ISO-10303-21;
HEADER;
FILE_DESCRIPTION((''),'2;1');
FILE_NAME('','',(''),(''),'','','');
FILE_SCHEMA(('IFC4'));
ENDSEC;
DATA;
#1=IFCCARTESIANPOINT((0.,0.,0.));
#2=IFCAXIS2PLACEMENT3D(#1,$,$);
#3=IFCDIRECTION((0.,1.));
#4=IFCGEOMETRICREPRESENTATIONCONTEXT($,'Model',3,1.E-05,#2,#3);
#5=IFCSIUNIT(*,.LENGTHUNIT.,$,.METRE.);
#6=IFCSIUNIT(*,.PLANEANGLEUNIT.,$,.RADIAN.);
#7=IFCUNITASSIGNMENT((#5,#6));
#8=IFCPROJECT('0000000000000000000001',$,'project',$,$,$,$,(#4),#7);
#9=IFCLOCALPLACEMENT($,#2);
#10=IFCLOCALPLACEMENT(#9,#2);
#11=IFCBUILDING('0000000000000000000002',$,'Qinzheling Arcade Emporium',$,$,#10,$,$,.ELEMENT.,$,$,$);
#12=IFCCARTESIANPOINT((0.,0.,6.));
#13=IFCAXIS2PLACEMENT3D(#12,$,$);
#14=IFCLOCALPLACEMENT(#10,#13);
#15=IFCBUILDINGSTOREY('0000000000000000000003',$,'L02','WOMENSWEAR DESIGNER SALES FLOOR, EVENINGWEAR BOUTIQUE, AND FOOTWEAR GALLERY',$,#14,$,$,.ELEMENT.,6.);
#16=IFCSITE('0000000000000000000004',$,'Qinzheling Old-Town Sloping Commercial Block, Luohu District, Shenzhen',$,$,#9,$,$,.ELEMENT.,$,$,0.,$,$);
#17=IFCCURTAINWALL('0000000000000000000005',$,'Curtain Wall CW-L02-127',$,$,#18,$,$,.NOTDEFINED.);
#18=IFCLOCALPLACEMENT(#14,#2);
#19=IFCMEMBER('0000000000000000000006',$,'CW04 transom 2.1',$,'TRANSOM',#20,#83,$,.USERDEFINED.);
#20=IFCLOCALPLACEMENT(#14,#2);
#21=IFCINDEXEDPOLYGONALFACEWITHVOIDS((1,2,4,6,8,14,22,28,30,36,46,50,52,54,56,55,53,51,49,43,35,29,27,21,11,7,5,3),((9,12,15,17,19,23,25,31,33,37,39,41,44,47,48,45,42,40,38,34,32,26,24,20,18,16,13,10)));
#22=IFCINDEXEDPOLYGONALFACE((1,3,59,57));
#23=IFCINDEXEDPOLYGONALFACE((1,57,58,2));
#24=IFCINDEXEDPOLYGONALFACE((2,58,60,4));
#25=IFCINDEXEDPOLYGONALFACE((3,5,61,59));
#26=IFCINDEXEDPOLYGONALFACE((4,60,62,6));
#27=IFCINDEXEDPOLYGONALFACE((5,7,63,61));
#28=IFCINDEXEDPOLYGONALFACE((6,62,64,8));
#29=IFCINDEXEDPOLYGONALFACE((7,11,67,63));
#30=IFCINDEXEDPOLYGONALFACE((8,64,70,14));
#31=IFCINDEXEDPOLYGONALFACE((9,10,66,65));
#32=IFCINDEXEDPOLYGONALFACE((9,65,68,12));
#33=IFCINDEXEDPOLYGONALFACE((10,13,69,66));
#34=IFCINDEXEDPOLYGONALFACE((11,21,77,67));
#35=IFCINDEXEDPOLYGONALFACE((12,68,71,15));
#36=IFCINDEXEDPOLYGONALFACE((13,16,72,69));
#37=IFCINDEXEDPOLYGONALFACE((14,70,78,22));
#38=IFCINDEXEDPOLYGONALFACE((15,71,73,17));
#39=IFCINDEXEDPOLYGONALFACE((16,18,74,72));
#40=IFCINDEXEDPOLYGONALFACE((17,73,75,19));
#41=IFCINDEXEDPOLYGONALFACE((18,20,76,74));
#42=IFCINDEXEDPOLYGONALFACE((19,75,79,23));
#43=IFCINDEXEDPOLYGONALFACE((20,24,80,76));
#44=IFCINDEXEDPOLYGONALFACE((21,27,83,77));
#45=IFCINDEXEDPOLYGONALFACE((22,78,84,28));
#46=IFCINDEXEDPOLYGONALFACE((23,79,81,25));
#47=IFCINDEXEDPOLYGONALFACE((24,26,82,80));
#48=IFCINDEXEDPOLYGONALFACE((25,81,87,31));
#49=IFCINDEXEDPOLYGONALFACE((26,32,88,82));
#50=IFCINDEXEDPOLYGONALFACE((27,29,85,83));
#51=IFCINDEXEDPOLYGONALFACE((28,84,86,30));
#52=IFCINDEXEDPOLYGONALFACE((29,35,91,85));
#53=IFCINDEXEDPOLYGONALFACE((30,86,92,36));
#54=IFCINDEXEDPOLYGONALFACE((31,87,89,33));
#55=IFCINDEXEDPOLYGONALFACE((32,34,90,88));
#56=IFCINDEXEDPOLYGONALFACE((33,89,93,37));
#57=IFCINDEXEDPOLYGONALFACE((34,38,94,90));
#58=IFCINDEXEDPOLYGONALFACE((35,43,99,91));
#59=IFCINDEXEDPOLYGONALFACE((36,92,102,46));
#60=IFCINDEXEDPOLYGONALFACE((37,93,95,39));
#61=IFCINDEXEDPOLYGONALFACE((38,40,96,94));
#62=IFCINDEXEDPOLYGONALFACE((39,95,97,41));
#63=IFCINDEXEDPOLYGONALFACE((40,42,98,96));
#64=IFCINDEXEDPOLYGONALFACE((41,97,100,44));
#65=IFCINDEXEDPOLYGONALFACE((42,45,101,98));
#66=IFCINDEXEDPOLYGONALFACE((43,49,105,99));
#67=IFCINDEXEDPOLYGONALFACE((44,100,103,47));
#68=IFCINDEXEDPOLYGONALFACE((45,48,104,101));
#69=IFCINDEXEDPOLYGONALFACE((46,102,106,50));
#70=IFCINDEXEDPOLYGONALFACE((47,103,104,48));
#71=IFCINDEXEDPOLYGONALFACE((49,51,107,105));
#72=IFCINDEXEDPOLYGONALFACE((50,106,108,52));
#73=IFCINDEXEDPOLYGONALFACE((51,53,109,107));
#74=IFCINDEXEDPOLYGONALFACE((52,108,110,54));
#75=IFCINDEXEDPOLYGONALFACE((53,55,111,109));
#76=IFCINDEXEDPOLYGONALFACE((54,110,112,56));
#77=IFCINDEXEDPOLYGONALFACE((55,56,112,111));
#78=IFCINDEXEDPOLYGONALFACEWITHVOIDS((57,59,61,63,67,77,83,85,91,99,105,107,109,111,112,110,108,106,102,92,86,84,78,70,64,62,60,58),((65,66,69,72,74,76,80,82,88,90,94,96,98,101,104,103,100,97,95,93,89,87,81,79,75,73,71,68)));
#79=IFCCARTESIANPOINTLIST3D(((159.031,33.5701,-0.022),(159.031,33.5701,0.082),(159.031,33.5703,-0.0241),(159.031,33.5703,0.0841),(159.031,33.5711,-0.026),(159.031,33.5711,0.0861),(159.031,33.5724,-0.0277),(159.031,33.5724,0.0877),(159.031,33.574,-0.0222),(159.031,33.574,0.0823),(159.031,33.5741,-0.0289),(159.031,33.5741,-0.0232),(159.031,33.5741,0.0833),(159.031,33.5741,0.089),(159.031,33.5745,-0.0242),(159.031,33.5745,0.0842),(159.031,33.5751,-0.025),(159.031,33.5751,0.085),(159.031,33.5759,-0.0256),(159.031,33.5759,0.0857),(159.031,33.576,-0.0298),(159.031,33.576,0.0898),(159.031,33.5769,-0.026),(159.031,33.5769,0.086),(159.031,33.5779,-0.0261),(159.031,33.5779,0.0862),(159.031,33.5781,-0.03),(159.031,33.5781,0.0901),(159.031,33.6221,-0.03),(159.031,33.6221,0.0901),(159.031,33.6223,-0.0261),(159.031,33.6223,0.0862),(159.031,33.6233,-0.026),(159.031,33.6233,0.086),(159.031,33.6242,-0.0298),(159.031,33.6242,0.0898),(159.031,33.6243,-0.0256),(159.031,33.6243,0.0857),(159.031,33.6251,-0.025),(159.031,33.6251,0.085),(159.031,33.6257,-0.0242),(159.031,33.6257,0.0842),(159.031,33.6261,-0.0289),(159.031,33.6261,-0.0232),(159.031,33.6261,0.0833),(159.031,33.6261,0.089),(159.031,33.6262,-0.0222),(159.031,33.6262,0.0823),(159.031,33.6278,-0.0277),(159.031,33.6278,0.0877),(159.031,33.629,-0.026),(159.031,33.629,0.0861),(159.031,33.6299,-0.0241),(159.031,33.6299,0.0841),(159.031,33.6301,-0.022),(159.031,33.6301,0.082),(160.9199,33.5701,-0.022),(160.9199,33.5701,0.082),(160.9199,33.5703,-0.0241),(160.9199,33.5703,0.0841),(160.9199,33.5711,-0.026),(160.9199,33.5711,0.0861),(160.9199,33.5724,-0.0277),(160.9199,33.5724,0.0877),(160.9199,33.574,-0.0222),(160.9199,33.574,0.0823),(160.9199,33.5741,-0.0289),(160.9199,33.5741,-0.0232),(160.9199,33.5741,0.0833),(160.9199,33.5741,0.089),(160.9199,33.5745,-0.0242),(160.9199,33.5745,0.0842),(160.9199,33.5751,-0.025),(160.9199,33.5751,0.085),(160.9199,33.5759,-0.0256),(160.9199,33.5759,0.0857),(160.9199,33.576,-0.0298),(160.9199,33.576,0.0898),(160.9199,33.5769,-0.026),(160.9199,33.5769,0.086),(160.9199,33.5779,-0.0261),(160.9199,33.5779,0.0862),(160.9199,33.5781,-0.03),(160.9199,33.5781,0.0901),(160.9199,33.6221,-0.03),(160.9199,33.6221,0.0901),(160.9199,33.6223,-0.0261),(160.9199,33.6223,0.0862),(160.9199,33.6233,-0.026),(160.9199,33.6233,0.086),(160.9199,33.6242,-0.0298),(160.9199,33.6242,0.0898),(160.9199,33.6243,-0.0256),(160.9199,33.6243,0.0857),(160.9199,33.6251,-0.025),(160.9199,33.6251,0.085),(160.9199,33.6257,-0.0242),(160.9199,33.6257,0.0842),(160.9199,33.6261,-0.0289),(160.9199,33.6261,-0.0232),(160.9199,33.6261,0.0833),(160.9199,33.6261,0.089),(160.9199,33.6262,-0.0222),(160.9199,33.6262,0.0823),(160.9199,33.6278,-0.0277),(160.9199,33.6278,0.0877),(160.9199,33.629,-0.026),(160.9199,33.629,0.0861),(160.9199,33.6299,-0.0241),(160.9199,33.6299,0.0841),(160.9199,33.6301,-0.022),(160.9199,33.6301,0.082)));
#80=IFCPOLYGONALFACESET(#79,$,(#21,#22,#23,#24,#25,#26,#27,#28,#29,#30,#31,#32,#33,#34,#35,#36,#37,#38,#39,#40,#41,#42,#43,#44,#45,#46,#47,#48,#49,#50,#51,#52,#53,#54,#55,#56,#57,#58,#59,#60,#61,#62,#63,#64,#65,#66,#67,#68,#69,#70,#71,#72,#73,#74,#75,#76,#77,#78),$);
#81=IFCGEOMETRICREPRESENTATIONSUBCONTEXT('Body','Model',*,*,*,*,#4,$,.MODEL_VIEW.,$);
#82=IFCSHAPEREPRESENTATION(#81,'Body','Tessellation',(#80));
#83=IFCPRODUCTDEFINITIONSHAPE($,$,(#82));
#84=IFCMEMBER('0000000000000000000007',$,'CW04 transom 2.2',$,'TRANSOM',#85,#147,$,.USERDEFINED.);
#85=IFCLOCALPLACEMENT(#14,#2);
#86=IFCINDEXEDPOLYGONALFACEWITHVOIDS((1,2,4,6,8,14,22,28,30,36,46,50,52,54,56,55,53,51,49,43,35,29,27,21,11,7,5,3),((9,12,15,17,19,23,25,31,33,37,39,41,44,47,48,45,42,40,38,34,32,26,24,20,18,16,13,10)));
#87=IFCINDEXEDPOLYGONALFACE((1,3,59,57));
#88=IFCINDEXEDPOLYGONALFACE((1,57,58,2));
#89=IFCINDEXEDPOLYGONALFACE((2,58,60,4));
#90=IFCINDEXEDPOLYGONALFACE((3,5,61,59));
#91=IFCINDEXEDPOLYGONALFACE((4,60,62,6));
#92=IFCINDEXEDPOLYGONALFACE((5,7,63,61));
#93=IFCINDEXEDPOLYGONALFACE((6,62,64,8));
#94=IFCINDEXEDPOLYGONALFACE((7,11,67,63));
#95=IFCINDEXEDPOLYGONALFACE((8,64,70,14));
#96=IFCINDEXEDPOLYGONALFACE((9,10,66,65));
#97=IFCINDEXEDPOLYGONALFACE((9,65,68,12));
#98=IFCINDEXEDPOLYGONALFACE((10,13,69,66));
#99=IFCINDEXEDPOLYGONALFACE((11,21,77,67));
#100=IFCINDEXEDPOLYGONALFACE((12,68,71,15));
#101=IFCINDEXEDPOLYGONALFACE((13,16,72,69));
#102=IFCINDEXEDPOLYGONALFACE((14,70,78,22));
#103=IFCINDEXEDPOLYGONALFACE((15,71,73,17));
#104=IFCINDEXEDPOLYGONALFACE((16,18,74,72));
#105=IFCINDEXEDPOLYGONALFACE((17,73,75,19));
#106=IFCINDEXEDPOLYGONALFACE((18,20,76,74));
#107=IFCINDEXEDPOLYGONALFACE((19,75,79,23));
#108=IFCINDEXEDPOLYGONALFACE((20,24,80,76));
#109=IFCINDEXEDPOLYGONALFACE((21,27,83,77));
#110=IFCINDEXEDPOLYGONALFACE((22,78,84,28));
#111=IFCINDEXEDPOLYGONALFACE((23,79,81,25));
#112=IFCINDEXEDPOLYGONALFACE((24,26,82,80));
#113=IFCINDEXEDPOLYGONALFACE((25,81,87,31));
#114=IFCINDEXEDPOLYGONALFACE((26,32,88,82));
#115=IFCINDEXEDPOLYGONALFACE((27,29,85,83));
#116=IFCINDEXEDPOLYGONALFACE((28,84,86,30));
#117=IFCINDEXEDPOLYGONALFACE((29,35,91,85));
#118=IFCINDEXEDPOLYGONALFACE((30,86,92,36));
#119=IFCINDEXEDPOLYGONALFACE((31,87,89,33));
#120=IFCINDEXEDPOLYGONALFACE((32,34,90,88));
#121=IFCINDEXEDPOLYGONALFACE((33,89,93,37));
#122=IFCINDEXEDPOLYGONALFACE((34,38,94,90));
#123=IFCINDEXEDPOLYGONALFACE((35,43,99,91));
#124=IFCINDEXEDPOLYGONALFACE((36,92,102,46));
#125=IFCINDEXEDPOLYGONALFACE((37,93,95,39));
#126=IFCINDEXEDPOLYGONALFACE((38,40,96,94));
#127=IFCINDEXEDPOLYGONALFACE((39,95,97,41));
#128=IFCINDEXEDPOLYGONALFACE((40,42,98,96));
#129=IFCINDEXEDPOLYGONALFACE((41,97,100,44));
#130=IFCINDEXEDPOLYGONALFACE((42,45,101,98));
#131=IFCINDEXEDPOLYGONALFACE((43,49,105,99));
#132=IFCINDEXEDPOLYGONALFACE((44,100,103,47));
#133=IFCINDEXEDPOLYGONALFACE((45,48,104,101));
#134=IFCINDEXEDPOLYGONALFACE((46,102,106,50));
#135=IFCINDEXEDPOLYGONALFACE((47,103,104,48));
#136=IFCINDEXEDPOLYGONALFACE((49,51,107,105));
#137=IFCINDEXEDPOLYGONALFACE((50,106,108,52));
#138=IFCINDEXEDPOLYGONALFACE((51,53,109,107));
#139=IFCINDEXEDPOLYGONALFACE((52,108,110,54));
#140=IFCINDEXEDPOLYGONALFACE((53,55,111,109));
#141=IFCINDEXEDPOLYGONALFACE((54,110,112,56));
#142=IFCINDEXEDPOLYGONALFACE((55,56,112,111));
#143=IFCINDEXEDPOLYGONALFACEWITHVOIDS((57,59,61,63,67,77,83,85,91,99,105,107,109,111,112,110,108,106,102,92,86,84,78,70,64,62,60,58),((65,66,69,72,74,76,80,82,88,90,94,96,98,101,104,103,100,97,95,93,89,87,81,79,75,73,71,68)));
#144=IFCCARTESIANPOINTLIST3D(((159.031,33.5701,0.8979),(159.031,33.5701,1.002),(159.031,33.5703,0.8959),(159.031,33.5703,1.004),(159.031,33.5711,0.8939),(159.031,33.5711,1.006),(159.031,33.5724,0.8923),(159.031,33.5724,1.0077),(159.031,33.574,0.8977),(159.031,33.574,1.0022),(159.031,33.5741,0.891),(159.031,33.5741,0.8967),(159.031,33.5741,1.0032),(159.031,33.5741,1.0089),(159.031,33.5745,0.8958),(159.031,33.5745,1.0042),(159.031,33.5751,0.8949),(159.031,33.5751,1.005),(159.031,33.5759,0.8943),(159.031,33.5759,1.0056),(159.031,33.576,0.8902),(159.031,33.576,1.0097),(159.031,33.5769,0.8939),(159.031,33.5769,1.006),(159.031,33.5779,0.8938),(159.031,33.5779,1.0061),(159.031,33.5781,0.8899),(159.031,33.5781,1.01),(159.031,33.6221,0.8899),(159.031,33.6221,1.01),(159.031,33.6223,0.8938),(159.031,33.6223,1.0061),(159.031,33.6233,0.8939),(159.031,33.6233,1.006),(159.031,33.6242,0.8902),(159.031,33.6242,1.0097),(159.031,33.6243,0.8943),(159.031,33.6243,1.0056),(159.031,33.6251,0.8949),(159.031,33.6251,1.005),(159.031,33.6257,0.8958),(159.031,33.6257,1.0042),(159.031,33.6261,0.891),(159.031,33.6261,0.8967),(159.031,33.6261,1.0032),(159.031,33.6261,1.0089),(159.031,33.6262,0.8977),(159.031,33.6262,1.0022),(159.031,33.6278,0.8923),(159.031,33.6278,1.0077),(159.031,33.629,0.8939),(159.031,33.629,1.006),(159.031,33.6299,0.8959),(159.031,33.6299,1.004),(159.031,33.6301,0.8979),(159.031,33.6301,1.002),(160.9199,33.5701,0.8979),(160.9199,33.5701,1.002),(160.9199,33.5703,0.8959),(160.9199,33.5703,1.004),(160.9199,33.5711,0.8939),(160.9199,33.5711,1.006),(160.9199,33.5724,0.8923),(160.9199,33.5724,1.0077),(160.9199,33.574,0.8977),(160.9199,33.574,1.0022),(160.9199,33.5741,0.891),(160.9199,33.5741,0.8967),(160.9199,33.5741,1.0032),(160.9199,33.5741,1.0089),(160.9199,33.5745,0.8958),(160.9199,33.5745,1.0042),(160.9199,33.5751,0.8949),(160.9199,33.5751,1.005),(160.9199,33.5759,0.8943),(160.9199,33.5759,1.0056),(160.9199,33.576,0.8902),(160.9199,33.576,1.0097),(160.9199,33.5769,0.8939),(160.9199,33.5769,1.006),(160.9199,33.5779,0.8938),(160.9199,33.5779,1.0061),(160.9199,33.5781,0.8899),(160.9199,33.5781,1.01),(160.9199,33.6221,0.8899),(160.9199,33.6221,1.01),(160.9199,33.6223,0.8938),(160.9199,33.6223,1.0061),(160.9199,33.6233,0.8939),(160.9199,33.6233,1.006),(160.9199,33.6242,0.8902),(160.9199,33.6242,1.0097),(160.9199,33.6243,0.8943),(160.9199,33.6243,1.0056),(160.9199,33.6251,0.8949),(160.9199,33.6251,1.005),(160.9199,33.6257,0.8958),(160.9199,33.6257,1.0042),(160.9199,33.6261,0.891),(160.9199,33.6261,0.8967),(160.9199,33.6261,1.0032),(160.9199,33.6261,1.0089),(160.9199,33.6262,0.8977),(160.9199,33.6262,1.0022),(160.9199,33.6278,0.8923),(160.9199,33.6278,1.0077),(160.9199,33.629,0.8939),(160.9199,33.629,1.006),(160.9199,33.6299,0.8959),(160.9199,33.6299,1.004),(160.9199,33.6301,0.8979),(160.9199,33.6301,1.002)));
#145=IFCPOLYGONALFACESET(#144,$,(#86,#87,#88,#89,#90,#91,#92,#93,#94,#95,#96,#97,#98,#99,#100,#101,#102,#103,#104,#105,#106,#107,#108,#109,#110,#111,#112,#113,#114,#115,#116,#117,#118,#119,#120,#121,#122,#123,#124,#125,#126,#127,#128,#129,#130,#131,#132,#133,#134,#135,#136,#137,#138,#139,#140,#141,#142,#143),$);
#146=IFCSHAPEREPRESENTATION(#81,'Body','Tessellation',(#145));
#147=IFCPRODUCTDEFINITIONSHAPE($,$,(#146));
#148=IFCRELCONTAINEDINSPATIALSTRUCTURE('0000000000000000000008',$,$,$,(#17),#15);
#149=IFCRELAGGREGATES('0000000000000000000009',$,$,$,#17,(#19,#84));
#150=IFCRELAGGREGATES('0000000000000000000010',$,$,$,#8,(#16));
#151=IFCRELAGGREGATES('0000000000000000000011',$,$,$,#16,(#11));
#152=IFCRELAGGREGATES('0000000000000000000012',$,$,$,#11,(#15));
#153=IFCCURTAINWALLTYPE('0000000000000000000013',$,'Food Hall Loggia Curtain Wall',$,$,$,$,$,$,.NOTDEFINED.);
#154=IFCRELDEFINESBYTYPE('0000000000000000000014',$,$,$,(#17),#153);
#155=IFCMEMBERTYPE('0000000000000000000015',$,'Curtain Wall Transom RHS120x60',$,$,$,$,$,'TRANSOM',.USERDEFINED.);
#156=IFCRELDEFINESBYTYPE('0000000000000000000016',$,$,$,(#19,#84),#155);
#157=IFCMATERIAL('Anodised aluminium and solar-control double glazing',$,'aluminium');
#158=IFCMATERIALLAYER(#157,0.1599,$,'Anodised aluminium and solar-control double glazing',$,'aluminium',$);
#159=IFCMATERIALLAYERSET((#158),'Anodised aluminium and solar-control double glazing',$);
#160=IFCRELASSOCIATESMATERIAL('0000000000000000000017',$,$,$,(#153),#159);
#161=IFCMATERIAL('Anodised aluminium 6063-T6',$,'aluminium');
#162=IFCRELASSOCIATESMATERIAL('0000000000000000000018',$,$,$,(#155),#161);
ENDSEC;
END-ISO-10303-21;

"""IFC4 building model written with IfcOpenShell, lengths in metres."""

from ifc_helpers import new_model, si_unit, direction, frame, origin, origin_2d, place, context, subcontext, project, spatial, hollow_rectangle, extrude, material, layer, layer_set, material_profile, profile_set, type_object, element, aggregate, save


model = new_model("IFC4")

# Units and contexts
model_context = context("Model", 3, precision=1e-05, world=origin(), true_north=direction((0.0, 1.0)))
body_context = subcontext(model_context, "Body", "Model", "MODEL_VIEW")
ifc_project = project(units=[si_unit("LENGTHUNIT", "METRE"), si_unit("PLANEANGLEUNIT", "RADIAN")], contexts=[model_context])

# Site, building, storey
site_placement = place(None, origin())
site = spatial("IfcSite", under=ifc_project, at=site_placement, Name="Qinzheling Old-Town Sloping Commercial Block, Luohu District, Shenzhen", CompositionType="ELEMENT", RefElevation=0.0)
building_placement = place(site_placement, origin())
building = spatial("IfcBuilding", under=site, at=building_placement, Name="Qinzheling Arcade Emporium", CompositionType="ELEMENT")
storey_placement = place(building_placement, frame((0.0, 0.0, 6.0)))
storey = spatial("IfcBuildingStorey", under=building, at=storey_placement, Name="L02", Description="WOMENSWEAR DESIGNER SALES FLOOR, EVENINGWEAR BOUTIQUE, AND FOOTWEAR GALLERY", CompositionType="ELEMENT", Elevation=6.0)

# Curtain wall, members
ifc_material_1 = material(Name="Anodised aluminium and solar-control double glazing", Category="aluminium")
ifc_layer_1 = layer(ifc_material_1, 0.1599, Name="Anodised aluminium and solar-control double glazing", Category="aluminium")
ifc_layer_set_1 = layer_set([ifc_layer_1], Name="Anodised aluminium and solar-control double glazing")
curtain_wall_type = type_object("IfcCurtainWallType", Name="Food Hall Loggia Curtain Wall", PredefinedType="NOTDEFINED", material=ifc_layer_set_1)
curtain_wall_placement = place(storey_placement, origin())
curtain_wall = element("IfcCurtainWall", 1, at=curtain_wall_placement, inside=storey, type_object=curtain_wall_type, Name="Curtain Wall CW-L02-127", PredefinedType="NOTDEFINED")
ifc_material_2 = material(Name="Anodised aluminium 6063-T6", Category="aluminium")
ifc_material_profile_1 = material_profile(ifc_material_2, hollow_rectangle(XDim=0.0601, YDim=0.1201, WallThickness=0.0039, InnerFilletRadius=0.0039, OuterFilletRadius=0.0081, at=origin_2d()), Name="RHS 120x60x4", Category="aluminium")
ifc_profile_set_1 = profile_set([ifc_material_profile_1], Name="Anodised aluminium 6063-T6")
member_type_1 = type_object("IfcMemberType", Name="Curtain Wall Transom RHS120x60", ElementType="TRANSOM", PredefinedType="USERDEFINED", material=ifc_profile_set_1)
member_1_placement = place(storey_placement, frame((159.031, 33.6001, 0.03), z_axis=(1.0, 0.0, 0.0), x_axis=(0.0, 1.0, 0.0)))
member_1 = element("IfcMember", 2, at=member_1_placement, type_object=member_type_1, Name="CW04 transom 2.1", ObjectType="TRANSOM", PredefinedType="USERDEFINED", context=body_context, shape_type="SweptSolid", body=[
    extrude(hollow_rectangle(XDim=0.0601, YDim=0.1201, WallThickness=0.0039, InnerFilletRadius=0.0039, OuterFilletRadius=0.0081, at=origin_2d()), origin(), (0.0, 0.0, 1.0), 1.8889),
])
member_2_placement = place(storey_placement, frame((159.031, 33.6001, 0.95), z_axis=(1.0, 0.0, 0.0), x_axis=(0.0, 1.0, 0.0)))
member_2 = element("IfcMember", 3, at=member_2_placement, type_object=member_type_1, Name="CW04 transom 2.2", ObjectType="TRANSOM", PredefinedType="USERDEFINED", context=body_context, shape_type="SweptSolid", body=[
    extrude(hollow_rectangle(XDim=0.0601, YDim=0.1201, WallThickness=0.0039, InnerFilletRadius=0.0039, OuterFilletRadius=0.0081, at=origin_2d()), origin(), (0.0, 0.0, 1.0), 1.8889),
])
aggregate(curtain_wall, [member_1, member_2])

save(model, "model.ifc")
